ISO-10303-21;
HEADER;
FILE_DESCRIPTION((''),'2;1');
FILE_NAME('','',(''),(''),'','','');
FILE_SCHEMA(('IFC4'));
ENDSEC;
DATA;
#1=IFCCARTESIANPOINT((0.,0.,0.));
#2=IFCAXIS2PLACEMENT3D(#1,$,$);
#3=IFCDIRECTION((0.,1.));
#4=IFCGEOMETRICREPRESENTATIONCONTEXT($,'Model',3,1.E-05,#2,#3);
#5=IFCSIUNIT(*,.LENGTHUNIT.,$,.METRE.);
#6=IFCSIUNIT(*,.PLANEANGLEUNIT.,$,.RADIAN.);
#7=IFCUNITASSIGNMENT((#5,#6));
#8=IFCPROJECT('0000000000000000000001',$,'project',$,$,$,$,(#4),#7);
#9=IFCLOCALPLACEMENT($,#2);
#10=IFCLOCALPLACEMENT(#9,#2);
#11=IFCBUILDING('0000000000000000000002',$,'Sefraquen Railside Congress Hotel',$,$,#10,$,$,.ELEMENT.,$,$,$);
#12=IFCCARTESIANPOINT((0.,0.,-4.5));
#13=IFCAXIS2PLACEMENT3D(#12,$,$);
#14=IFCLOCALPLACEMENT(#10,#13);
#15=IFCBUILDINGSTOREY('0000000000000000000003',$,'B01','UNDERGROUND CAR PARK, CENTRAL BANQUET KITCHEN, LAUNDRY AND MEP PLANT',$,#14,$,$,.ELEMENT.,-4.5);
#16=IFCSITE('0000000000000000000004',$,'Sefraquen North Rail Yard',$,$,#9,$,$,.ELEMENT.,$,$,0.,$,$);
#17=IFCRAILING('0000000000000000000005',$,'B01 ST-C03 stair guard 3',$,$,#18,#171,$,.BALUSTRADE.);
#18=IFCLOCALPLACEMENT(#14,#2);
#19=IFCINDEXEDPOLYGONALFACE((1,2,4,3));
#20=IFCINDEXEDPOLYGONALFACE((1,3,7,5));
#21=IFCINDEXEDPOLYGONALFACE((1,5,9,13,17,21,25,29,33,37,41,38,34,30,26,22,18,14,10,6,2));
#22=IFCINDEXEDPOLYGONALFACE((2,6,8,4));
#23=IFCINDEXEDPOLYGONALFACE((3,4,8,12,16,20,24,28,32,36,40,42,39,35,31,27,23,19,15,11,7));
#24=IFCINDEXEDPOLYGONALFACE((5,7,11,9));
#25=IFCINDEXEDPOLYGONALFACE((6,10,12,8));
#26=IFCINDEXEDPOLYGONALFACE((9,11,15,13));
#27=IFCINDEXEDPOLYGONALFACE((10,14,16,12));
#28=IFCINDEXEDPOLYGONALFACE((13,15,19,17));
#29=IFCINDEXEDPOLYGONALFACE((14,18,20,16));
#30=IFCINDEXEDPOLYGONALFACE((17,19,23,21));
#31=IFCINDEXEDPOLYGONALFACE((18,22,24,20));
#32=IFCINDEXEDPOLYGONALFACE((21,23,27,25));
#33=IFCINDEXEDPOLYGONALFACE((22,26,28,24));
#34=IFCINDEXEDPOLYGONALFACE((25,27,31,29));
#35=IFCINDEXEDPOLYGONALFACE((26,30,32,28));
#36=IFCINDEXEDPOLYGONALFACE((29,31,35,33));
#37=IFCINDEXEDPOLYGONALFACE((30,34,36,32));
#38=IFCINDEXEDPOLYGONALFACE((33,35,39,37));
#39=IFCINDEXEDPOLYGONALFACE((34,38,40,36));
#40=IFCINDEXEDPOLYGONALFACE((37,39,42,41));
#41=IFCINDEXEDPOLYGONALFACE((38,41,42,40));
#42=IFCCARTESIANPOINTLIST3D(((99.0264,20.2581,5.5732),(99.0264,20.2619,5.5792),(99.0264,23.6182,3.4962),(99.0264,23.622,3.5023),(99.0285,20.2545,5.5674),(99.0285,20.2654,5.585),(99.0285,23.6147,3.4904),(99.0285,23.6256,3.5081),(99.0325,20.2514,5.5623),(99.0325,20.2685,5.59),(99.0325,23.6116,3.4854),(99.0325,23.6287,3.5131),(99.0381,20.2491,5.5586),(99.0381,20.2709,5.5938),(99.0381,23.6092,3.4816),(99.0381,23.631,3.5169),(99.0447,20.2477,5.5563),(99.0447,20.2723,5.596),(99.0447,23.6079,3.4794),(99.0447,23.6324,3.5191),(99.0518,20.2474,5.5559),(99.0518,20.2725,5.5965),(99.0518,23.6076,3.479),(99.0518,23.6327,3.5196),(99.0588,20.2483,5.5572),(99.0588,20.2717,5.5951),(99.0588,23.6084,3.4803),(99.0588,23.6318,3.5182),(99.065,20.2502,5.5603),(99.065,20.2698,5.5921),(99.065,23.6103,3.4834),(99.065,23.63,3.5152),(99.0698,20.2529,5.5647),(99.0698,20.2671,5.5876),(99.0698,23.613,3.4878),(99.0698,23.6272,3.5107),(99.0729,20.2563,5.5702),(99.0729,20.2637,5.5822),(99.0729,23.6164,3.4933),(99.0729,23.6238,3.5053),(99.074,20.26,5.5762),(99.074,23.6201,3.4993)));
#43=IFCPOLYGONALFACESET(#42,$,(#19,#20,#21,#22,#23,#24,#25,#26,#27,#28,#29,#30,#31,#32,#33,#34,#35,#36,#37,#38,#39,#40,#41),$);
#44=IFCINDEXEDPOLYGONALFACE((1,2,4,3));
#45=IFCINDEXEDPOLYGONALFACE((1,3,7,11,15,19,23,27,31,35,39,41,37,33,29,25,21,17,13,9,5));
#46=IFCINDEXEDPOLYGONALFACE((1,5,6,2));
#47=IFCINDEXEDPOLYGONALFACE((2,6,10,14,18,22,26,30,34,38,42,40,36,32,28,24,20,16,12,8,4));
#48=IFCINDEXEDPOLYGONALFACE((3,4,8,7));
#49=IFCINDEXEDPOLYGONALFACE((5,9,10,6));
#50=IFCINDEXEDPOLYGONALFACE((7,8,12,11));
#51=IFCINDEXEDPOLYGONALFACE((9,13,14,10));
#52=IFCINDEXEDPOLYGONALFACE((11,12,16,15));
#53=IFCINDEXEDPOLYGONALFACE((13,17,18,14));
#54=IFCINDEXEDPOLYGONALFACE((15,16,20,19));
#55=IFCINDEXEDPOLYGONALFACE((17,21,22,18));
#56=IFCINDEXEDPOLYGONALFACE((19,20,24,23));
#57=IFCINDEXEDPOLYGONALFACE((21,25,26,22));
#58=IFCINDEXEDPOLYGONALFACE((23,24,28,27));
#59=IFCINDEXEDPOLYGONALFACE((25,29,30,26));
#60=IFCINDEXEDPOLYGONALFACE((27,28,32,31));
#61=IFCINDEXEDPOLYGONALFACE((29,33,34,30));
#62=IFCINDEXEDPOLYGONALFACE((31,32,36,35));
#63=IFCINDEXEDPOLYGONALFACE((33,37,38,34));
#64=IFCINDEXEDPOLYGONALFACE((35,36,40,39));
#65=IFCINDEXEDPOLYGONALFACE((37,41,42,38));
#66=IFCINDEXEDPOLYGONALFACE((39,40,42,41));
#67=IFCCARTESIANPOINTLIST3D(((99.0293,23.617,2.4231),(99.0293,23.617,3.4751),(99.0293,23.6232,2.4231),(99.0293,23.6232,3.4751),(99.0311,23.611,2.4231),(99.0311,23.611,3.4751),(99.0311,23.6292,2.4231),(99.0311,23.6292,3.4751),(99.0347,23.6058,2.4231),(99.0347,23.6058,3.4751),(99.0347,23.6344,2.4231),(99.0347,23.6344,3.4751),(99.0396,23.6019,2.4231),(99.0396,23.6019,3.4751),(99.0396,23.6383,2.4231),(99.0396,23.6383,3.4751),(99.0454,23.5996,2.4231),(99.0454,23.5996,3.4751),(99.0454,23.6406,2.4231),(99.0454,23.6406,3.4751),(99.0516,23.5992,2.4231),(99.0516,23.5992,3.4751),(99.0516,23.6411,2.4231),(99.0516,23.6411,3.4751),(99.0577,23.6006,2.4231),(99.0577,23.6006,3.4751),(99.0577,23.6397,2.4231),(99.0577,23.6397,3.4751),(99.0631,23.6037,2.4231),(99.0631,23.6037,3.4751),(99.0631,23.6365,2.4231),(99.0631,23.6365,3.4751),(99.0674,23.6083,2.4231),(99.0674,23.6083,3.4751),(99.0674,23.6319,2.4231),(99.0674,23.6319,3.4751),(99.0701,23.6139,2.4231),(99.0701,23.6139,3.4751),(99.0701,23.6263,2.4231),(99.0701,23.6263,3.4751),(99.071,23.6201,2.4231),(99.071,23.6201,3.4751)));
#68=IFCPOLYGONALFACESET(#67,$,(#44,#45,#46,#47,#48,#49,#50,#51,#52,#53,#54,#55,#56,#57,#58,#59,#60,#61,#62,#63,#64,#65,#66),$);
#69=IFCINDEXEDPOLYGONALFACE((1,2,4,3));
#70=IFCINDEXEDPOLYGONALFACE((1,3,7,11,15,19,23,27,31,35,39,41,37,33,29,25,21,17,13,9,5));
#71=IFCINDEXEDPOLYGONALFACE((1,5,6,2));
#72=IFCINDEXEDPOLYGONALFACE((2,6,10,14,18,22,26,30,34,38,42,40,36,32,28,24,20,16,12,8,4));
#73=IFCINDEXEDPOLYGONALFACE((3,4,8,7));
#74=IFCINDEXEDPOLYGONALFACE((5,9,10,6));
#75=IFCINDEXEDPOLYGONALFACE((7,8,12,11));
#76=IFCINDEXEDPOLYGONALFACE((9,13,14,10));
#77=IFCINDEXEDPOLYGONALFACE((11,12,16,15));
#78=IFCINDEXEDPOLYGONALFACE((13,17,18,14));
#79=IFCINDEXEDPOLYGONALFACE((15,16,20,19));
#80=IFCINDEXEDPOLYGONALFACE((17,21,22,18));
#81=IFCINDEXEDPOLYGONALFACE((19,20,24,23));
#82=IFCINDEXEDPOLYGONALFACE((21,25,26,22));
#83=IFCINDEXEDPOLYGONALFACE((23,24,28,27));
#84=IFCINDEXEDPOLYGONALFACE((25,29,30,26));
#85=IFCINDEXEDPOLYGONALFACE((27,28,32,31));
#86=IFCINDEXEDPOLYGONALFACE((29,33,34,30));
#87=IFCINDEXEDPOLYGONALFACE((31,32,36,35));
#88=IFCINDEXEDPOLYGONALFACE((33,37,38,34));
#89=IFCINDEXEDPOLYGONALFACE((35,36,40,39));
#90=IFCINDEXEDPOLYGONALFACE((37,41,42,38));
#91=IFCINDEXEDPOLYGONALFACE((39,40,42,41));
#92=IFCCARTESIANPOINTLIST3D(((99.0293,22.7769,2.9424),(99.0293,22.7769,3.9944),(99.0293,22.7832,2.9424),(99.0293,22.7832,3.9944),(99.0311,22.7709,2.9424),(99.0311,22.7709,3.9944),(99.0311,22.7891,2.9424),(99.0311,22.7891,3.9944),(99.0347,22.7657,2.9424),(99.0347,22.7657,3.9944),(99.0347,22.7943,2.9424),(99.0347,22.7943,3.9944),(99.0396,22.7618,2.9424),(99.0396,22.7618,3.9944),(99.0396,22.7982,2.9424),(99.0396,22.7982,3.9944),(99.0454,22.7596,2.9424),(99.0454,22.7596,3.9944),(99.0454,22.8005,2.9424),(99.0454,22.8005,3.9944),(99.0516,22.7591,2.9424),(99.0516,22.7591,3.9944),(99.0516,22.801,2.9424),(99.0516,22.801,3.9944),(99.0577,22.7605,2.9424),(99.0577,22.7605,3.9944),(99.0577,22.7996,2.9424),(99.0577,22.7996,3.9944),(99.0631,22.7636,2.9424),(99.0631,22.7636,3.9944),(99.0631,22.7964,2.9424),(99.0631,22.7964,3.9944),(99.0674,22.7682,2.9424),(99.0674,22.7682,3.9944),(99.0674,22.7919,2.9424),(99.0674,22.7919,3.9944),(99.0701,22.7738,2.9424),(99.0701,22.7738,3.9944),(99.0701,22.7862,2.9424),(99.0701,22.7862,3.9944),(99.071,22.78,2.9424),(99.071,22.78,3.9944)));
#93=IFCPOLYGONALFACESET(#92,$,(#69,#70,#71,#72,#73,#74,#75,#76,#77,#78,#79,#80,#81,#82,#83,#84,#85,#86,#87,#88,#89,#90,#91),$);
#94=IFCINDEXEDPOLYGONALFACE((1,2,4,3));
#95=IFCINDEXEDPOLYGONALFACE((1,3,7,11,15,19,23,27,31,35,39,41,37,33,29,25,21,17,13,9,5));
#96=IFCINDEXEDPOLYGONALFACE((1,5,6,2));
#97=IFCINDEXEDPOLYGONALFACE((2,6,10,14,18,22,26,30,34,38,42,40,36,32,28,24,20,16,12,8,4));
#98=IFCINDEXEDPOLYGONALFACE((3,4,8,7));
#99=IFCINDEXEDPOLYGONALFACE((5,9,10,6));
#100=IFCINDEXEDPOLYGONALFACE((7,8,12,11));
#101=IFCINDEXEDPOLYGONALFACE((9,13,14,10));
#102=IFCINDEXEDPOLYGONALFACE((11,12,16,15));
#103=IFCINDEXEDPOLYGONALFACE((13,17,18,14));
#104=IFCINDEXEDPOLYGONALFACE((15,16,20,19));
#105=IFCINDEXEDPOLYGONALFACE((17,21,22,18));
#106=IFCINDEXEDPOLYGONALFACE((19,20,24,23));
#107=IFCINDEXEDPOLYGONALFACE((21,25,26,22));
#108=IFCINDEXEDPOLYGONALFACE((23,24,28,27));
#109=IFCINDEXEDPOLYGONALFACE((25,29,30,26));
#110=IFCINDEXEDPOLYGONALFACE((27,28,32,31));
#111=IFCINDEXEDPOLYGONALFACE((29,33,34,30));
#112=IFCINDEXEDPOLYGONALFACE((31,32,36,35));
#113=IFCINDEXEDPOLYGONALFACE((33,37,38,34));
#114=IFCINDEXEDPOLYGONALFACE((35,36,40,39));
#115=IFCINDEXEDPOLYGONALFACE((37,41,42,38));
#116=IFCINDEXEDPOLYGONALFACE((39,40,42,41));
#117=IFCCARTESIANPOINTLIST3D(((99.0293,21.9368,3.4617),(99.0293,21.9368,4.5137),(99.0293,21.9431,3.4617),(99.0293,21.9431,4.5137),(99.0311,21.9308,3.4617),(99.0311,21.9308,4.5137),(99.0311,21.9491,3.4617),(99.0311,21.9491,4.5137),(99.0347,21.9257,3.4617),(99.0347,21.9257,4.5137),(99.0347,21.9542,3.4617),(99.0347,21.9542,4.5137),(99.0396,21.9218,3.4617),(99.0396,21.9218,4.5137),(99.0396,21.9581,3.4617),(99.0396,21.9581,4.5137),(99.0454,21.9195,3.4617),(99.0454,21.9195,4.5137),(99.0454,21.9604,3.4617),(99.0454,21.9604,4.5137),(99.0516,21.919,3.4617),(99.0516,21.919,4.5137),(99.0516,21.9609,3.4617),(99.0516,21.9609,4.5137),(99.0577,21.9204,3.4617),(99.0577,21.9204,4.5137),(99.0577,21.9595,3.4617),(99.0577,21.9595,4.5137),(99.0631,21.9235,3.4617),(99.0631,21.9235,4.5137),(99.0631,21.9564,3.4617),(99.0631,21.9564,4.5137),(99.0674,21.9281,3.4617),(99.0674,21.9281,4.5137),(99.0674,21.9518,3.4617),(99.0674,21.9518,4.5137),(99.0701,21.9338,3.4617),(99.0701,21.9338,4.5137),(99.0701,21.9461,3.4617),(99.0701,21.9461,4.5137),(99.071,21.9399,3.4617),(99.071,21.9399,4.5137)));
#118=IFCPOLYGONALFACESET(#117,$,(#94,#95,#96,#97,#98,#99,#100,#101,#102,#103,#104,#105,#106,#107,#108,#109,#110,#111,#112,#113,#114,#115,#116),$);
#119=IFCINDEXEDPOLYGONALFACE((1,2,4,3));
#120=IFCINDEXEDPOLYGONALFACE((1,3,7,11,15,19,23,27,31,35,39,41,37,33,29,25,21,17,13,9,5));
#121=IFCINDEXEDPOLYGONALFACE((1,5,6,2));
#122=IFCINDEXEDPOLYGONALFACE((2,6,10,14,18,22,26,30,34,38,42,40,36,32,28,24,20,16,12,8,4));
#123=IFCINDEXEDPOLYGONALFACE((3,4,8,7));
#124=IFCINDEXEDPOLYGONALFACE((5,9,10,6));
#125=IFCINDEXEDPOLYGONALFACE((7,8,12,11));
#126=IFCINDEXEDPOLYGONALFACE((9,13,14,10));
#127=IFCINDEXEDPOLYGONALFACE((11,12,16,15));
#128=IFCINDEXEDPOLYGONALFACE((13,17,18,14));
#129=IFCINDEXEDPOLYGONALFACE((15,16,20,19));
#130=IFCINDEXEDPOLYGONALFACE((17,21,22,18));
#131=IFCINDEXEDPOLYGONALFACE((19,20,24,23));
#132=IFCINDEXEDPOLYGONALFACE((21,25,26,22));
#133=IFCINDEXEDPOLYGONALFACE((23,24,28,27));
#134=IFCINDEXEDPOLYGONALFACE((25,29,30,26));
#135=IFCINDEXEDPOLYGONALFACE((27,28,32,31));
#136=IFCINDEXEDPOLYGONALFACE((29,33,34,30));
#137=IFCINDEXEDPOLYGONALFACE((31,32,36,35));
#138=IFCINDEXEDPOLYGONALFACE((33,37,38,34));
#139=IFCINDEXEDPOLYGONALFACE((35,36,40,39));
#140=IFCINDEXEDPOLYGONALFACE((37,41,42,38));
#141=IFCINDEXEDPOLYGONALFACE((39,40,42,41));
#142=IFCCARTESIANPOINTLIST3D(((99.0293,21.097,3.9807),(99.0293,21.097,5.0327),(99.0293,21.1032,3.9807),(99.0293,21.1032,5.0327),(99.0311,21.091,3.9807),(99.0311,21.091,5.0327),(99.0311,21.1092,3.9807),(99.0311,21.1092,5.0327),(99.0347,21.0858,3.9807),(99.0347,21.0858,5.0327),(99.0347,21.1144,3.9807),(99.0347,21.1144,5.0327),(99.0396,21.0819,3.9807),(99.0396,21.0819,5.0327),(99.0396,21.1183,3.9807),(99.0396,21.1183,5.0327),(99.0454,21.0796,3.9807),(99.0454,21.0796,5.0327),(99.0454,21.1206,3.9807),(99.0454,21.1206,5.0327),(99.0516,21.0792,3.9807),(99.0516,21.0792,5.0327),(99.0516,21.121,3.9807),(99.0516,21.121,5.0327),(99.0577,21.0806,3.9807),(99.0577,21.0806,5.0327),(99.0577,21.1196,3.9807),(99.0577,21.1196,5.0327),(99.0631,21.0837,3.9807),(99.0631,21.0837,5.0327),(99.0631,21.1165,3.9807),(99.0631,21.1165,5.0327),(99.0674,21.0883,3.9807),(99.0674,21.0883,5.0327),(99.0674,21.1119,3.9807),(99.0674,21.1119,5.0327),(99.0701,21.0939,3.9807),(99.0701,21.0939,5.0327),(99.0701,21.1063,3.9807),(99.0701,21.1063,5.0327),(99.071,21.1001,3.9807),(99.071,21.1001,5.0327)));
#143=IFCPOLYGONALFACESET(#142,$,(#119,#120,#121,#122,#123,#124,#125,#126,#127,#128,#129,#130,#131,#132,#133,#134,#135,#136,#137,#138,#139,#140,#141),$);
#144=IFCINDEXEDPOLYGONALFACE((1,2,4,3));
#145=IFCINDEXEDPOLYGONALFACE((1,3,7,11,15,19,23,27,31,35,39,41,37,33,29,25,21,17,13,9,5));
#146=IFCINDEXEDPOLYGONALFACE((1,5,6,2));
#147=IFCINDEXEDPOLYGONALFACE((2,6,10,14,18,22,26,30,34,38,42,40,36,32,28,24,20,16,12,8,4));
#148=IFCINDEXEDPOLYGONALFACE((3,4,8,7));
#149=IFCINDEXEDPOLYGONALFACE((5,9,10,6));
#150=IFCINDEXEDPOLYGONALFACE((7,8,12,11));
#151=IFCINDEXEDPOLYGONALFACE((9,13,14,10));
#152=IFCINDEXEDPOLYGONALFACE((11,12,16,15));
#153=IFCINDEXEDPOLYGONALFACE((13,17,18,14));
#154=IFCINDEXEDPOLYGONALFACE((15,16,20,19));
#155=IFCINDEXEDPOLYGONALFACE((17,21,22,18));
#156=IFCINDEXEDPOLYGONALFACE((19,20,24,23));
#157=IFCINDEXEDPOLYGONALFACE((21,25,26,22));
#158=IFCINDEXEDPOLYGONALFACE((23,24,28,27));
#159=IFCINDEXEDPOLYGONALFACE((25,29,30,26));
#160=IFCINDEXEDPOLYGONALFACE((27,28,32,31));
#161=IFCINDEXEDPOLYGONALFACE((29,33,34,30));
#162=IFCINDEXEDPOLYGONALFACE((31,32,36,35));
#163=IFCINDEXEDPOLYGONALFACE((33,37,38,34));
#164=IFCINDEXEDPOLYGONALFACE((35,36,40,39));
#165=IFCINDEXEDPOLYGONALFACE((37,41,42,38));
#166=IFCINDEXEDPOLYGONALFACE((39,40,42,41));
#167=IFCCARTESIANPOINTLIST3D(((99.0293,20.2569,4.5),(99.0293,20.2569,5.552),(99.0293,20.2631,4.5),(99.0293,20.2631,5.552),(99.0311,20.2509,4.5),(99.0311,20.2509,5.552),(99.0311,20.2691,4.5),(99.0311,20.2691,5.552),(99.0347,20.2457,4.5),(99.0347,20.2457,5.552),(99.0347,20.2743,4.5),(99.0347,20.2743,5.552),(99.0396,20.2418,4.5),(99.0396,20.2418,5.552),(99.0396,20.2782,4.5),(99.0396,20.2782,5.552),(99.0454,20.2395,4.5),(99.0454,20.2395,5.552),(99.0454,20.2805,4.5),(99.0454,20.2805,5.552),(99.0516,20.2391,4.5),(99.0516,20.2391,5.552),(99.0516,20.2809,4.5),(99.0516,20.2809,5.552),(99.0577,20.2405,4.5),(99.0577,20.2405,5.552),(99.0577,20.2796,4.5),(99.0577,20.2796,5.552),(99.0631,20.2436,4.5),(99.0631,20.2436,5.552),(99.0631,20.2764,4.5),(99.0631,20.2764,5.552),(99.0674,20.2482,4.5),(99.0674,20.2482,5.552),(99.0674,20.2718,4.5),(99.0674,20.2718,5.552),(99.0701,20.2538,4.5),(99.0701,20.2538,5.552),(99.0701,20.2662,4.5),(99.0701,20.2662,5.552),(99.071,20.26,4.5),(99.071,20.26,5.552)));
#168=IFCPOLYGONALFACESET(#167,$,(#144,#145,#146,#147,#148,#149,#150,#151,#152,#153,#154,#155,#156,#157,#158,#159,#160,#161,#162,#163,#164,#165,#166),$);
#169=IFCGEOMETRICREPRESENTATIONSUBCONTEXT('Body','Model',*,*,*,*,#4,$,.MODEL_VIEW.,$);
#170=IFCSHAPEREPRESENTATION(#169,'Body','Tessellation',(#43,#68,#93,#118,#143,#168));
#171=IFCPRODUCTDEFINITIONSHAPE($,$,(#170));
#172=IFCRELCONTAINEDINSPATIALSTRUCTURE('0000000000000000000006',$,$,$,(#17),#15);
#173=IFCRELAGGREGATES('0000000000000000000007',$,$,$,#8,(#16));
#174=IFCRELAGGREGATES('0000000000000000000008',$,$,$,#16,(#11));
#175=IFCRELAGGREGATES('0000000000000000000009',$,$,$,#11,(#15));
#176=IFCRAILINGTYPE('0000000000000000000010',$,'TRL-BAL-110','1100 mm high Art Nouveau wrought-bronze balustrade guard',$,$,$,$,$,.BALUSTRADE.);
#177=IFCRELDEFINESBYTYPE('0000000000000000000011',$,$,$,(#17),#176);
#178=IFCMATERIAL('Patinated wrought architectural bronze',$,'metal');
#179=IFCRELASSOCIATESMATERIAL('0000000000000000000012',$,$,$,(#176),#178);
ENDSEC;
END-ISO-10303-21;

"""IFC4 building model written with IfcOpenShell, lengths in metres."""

from ifc_helpers import new_model, si_unit, direction, frame, origin, origin_2d, place, context, subcontext, project, spatial, circle, extrude, material, type_object, element, save


model = new_model("IFC4")

# Units and contexts
model_context = context("Model", 3, precision=1e-05, world=origin(), true_north=direction((0.0, 1.0)))
body_context = subcontext(model_context, "Body", "Model", "MODEL_VIEW")
ifc_project = project(units=[si_unit("LENGTHUNIT", "METRE"), si_unit("PLANEANGLEUNIT", "RADIAN")], contexts=[model_context])

# Site, building, storey
site_placement = place(None, origin())
site = spatial("IfcSite", under=ifc_project, at=site_placement, Name="Sefraquen North Rail Yard", CompositionType="ELEMENT", RefElevation=0.0)
building_placement = place(site_placement, origin())
building = spatial("IfcBuilding", under=site, at=building_placement, Name="Sefraquen Railside Congress Hotel", CompositionType="ELEMENT")
storey_placement = place(building_placement, frame((0.0, 0.0, -4.5)))
storey = spatial("IfcBuildingStorey", under=building, at=storey_placement, Name="B01", Description="UNDERGROUND CAR PARK, CENTRAL BANQUET KITCHEN, LAUNDRY AND MEP PLANT", CompositionType="ELEMENT", Elevation=-4.5)

# Railing
ifc_material_1 = material(Name="Patinated wrought architectural bronze", Category="metal")
railing_type_1 = type_object("IfcRailingType", Name="TRL-BAL-110", Description="1100 mm high Art Nouveau wrought-bronze balustrade guard", PredefinedType="BALUSTRADE", material=ifc_material_1)
railing_1_placement = place(storey_placement, frame((99.05, 23.6201, 2.4231)))
element("IfcRailing", 1, at=railing_1_placement, inside=storey, type_object=railing_type_1, Name="B01 ST-C03 stair guard 3", PredefinedType="BALUSTRADE", context=body_context, shape_type="SweptSolid", body=[
    extrude(circle(Radius=0.0239, at=origin_2d()), frame((0.0, 0.0, 1.0762), z_axis=(0.0, -0.850623, 0.525776), x_axis=(1.0, 0.0, 0.0)), (0.0, 0.0, 1.0), 3.9502),
    extrude(circle(Radius=0.021, at=origin_2d()), origin(), (0.0, 0.0, 1.0), 1.052),
    extrude(circle(Radius=0.021, at=origin_2d()), frame((0.0, -0.8401, 0.5193)), (0.0, 0.0, 1.0), 1.052),
    extrude(circle(Radius=0.021, at=origin_2d()), frame((0.0, -1.6802, 1.0386)), (0.0, 0.0, 1.0), 1.052),
    extrude(circle(Radius=0.021, at=origin_2d()), frame((0.0, -2.52, 1.5576)), (0.0, 0.0, 1.0), 1.052),
    extrude(circle(Radius=0.021, at=origin_2d()), frame((0.0, -3.3601, 2.0769)), (0.0, 0.0, 1.0), 1.052),
])

save(model, "model.ifc")
